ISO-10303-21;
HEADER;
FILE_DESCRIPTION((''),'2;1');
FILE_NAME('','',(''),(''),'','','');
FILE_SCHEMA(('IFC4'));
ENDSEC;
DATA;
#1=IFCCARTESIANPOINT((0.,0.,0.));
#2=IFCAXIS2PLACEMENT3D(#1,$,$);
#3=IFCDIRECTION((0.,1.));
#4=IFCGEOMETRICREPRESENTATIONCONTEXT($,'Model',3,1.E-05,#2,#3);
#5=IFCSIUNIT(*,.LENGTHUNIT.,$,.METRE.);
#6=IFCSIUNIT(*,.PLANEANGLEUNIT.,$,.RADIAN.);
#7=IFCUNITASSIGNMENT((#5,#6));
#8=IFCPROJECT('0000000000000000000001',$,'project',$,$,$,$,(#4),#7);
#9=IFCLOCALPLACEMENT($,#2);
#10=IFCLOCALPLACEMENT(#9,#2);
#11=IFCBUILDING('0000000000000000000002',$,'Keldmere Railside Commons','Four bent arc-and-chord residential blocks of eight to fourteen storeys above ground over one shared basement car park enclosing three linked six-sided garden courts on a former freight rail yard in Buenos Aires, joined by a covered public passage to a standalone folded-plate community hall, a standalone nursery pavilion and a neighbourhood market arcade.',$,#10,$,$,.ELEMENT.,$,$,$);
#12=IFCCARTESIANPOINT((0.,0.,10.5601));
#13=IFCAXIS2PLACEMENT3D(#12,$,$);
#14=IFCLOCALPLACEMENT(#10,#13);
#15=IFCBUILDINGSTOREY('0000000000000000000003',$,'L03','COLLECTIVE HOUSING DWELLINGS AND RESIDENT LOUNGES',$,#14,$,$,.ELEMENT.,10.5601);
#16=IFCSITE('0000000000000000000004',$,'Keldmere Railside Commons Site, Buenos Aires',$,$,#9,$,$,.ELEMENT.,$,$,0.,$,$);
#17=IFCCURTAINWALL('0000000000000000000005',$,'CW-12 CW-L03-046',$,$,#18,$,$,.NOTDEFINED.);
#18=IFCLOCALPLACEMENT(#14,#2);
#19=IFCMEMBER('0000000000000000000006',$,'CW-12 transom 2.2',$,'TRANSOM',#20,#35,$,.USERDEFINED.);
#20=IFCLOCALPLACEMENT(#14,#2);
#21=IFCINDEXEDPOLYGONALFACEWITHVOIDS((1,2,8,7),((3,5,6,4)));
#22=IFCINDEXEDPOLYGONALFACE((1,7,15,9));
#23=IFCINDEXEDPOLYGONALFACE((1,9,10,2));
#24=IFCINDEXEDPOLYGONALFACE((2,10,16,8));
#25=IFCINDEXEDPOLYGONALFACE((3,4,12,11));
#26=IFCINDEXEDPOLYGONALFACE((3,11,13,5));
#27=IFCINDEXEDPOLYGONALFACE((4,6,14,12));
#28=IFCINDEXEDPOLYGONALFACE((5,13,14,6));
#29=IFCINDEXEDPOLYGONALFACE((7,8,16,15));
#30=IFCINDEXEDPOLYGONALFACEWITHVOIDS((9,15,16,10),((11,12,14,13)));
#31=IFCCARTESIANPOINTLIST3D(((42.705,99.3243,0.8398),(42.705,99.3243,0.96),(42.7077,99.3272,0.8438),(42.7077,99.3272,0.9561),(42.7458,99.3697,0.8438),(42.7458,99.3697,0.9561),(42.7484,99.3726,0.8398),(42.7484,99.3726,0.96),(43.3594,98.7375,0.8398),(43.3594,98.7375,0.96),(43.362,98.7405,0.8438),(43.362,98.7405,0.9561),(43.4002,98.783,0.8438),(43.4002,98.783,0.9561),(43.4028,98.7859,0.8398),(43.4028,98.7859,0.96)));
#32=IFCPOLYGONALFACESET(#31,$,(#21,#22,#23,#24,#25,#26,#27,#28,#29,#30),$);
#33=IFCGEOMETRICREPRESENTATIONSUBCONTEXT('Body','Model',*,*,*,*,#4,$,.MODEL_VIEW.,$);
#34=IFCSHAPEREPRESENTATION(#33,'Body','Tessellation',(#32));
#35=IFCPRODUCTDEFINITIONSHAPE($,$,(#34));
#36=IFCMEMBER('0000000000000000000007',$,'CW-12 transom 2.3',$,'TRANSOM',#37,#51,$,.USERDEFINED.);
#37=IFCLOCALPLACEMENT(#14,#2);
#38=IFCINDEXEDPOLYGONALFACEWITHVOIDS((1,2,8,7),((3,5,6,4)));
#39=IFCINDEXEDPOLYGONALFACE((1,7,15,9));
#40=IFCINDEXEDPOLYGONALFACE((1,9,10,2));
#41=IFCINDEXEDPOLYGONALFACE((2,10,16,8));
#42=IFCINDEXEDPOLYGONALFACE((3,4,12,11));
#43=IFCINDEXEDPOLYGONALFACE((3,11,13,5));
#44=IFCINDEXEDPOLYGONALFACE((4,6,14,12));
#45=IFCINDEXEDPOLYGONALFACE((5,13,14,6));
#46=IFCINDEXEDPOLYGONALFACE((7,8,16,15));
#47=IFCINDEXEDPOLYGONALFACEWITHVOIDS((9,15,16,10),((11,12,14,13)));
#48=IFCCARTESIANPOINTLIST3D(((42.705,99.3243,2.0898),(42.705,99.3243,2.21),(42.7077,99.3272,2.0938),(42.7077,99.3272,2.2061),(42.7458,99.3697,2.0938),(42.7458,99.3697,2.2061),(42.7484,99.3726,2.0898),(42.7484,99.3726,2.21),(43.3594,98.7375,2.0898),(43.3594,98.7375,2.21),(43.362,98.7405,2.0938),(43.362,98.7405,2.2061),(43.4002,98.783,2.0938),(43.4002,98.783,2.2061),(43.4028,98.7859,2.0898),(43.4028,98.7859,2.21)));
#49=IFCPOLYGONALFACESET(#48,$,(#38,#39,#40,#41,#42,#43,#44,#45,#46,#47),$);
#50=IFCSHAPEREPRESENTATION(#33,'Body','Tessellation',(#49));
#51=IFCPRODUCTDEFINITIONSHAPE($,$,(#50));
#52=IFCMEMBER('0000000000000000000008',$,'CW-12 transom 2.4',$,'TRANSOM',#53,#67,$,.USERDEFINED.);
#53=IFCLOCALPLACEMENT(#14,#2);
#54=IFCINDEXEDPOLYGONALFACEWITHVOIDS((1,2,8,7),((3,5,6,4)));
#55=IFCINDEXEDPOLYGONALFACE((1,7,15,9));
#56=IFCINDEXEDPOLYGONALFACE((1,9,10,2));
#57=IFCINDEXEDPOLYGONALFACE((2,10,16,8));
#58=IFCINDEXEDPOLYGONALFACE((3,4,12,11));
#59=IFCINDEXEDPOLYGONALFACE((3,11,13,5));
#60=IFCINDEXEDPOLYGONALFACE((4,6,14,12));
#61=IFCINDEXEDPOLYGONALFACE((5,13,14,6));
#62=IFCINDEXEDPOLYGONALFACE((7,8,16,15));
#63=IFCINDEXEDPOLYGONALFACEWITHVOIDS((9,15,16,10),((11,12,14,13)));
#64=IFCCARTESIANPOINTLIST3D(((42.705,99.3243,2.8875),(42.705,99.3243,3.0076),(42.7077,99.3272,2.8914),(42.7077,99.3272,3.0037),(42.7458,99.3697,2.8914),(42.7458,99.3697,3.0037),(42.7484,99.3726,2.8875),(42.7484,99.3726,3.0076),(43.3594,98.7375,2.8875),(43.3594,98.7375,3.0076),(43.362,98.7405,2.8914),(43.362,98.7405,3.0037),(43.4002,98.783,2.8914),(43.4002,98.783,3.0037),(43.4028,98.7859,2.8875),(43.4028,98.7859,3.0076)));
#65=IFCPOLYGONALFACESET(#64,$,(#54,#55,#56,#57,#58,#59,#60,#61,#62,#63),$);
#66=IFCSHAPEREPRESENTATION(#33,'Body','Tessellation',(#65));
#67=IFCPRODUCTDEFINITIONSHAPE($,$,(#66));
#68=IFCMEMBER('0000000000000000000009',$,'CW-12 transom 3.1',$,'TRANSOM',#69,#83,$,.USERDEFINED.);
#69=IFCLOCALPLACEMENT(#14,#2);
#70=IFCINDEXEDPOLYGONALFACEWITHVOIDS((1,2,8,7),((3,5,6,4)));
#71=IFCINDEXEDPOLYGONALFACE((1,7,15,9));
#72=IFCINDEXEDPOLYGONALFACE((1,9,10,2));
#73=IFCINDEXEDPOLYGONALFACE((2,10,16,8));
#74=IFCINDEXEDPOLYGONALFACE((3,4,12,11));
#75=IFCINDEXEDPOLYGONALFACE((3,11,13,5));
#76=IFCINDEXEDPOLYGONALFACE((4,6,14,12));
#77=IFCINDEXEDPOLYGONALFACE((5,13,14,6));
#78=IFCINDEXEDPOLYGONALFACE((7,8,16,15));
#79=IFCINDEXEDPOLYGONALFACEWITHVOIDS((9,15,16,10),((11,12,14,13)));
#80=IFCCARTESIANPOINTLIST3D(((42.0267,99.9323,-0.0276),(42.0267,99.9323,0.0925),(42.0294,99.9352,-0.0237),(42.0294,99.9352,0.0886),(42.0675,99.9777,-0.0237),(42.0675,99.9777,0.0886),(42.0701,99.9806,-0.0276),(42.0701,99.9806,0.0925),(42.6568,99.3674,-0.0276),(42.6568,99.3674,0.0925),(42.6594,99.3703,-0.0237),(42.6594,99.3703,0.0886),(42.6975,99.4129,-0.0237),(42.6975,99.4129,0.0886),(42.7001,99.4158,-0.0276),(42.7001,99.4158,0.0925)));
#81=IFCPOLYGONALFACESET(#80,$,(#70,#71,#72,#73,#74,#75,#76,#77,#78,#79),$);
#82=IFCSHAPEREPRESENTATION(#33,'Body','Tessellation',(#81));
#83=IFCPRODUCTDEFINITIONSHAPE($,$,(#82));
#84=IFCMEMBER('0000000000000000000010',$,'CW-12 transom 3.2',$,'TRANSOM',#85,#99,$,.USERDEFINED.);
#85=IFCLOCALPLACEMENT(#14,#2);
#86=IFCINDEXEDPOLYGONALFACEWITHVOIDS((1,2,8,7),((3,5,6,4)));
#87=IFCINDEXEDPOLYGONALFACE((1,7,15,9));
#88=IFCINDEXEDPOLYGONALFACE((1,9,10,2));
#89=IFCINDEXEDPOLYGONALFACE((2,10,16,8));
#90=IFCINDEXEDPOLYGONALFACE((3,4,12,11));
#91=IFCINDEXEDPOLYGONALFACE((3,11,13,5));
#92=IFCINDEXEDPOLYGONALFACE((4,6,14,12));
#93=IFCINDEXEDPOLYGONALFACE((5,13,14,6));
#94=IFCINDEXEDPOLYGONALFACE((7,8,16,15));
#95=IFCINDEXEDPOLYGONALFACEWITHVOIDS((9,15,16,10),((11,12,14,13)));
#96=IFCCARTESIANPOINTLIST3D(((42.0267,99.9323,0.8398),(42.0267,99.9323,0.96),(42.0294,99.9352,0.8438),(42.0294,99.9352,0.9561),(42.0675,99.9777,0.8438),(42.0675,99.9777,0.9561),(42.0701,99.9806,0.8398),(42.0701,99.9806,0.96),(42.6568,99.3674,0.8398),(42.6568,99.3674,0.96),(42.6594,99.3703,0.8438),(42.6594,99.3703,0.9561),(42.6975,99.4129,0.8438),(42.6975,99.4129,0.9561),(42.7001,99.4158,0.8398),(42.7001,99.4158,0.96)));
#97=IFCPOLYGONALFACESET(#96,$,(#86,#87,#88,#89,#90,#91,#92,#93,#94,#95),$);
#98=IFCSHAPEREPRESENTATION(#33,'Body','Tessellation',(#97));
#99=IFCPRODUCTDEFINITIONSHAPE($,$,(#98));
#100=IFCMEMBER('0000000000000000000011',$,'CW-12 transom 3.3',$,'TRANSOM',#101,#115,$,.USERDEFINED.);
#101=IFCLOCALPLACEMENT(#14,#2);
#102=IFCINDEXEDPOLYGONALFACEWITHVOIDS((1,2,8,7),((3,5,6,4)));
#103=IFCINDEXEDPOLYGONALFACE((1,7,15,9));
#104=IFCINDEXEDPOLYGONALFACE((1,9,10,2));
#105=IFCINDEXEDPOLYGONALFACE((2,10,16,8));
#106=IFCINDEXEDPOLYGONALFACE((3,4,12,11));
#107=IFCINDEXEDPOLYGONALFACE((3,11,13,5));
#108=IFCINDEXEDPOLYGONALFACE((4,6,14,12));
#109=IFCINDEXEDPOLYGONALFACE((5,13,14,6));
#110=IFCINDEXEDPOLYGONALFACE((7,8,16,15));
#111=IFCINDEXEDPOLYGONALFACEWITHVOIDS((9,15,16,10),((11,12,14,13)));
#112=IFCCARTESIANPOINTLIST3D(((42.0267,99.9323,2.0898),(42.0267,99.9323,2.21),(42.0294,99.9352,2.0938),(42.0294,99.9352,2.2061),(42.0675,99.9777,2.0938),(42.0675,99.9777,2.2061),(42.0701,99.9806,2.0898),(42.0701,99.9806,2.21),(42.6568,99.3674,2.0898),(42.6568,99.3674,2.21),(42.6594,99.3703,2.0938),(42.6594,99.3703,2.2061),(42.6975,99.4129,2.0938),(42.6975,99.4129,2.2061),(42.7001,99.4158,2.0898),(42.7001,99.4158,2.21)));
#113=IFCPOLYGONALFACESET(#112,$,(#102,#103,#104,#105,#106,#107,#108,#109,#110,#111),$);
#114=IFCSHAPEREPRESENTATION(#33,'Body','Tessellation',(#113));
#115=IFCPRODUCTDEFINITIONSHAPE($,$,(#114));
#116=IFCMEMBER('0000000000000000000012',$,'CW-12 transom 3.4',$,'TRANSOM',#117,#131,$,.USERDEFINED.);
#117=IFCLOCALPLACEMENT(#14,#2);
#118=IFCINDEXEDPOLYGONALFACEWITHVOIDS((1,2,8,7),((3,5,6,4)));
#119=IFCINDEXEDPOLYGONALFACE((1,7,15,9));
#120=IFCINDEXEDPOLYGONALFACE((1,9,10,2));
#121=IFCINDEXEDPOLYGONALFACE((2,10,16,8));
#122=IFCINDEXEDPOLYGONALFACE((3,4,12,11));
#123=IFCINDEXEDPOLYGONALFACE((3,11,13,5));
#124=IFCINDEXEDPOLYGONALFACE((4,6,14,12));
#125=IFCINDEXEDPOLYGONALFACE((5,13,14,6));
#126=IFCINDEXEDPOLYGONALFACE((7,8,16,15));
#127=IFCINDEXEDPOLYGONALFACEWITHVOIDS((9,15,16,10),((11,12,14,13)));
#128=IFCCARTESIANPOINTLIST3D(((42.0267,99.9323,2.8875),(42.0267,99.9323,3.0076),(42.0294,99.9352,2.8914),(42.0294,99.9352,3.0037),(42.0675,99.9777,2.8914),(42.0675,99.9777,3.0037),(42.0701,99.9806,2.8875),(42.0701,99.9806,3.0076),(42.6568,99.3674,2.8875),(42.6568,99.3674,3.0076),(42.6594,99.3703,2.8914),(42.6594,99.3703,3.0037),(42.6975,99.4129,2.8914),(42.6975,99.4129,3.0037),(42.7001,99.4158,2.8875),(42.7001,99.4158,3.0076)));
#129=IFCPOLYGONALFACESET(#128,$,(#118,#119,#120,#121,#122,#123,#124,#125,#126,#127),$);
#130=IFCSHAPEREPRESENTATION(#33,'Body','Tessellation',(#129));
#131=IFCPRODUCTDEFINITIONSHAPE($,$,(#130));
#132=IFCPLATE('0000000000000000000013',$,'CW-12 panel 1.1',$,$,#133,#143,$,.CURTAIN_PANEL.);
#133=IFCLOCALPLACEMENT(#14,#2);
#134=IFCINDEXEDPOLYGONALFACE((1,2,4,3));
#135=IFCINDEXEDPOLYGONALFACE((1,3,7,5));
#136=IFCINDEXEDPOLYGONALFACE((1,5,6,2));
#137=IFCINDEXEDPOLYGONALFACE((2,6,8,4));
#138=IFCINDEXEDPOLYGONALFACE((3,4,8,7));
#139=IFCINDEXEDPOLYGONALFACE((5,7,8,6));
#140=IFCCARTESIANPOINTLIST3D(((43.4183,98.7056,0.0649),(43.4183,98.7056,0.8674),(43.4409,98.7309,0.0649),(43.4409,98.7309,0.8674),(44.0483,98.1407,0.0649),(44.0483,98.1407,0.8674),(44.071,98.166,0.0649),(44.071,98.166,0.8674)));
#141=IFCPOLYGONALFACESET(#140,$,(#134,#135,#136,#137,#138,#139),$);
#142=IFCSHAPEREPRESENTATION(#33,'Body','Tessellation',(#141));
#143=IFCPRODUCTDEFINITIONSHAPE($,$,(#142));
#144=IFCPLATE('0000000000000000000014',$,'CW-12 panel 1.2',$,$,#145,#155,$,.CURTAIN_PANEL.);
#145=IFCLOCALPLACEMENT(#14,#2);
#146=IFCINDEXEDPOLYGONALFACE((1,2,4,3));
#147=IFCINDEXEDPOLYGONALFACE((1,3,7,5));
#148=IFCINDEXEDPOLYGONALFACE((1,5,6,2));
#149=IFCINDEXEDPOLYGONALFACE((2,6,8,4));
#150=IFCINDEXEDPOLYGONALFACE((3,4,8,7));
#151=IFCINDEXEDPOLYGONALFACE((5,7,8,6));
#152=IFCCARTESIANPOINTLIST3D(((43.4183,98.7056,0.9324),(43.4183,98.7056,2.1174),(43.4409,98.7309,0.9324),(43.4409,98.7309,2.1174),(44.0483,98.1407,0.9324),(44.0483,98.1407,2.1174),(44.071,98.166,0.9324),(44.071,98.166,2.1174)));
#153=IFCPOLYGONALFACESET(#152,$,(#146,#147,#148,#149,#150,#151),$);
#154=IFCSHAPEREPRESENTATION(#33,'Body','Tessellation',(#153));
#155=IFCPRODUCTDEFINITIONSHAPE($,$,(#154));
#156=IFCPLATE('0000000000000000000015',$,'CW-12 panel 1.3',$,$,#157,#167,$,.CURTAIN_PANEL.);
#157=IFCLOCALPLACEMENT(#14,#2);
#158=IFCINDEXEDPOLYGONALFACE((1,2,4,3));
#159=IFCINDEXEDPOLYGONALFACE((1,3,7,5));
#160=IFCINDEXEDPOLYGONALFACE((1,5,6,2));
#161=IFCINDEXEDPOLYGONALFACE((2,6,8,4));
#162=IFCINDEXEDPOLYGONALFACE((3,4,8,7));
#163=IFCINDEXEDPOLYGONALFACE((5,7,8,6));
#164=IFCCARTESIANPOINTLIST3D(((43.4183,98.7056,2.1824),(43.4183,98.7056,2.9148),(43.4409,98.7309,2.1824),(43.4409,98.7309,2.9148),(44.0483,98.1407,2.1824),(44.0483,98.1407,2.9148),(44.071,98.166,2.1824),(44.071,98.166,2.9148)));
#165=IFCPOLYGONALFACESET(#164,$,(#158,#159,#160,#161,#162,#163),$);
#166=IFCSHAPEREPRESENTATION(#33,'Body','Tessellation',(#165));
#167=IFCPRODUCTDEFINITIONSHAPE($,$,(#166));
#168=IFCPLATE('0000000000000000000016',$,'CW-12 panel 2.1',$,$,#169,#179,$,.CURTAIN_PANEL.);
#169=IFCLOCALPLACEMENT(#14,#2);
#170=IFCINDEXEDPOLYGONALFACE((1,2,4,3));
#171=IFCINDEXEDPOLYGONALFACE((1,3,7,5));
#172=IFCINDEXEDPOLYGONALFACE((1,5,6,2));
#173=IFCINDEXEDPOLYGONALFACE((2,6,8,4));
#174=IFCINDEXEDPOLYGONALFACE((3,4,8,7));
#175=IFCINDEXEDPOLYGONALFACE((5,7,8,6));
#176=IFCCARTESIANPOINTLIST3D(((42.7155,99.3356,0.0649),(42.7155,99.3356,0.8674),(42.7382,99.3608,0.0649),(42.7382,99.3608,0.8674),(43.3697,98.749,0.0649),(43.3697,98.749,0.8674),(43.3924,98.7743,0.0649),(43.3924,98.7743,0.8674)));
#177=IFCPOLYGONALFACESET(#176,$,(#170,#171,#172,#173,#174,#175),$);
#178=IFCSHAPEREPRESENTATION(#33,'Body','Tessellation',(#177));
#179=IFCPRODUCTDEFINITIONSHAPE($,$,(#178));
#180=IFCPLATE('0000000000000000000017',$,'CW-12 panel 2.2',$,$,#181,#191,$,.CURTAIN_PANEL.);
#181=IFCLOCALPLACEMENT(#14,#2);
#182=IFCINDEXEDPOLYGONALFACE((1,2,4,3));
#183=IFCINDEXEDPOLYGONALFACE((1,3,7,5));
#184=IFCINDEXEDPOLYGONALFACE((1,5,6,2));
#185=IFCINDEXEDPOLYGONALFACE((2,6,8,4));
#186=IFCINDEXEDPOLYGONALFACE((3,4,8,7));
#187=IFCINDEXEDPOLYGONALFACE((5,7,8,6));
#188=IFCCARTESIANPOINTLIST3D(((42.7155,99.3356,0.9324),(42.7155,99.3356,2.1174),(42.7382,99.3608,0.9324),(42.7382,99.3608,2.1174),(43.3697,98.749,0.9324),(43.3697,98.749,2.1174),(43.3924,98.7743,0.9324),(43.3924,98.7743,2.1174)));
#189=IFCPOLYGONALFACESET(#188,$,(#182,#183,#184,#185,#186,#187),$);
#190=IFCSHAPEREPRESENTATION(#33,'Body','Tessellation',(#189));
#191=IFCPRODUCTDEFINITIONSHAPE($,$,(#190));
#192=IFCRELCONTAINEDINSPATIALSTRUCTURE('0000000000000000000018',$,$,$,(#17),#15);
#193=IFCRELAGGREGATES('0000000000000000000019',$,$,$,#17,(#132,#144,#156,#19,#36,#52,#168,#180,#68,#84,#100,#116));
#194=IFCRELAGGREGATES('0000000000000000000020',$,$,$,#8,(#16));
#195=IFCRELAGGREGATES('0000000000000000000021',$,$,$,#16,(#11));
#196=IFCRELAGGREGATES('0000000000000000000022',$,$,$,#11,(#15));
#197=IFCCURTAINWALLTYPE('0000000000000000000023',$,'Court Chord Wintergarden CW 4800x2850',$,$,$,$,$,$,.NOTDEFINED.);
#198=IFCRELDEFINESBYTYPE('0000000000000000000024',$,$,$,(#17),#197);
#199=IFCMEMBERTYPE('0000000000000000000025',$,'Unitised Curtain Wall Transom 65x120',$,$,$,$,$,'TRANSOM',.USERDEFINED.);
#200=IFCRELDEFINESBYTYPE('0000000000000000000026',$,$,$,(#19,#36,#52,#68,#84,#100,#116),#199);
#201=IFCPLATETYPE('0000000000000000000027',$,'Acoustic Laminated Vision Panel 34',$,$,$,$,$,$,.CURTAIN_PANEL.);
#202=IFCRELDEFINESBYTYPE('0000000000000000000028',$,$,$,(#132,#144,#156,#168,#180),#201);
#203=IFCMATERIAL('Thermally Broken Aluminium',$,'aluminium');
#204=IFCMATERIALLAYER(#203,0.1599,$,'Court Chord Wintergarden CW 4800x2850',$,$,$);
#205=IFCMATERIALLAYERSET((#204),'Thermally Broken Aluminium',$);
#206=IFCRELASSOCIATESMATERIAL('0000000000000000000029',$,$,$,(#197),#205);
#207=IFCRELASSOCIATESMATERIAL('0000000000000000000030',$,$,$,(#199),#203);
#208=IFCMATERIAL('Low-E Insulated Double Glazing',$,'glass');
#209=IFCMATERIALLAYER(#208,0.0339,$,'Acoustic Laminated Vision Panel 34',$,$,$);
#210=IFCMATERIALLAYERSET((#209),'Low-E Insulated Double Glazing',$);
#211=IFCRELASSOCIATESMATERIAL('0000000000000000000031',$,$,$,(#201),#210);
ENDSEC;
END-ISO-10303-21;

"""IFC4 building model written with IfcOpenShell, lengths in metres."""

from ifc_helpers import new_model, si_unit, direction, frame, origin, origin_2d, place, context, subcontext, project, spatial, rectangle, hollow_rectangle, extrude, material, layer, layer_set, material_profile, profile_set, type_object, element, aggregate, save


model = new_model("IFC4")

# Units and contexts
model_context = context("Model", 3, precision=1e-05, world=origin(), true_north=direction((0.0, 1.0)))
body_context = subcontext(model_context, "Body", "Model", "MODEL_VIEW")
ifc_project = project(units=[si_unit("LENGTHUNIT", "METRE"), si_unit("PLANEANGLEUNIT", "RADIAN")], contexts=[model_context])

# Site, building, storey
site_placement = place(None, origin())
site = spatial("IfcSite", under=ifc_project, at=site_placement, Name="Keldmere Railside Commons Site, Buenos Aires", CompositionType="ELEMENT", RefElevation=0.0)
building_placement = place(site_placement, origin())
building = spatial("IfcBuilding", under=site, at=building_placement, Name="Keldmere Railside Commons", Description="Four bent arc-and-chord residential blocks of eight to fourteen storeys above ground over one shared basement car park enclosing three linked six-sided garden courts on a former freight rail yard in Buenos Aires, joined by a covered public passage to a standalone folded-plate community hall, a standalone nursery pavilion and a neighbourhood market arcade.", CompositionType="ELEMENT")
storey_placement = place(building_placement, frame((0.0, 0.0, 10.5601)))
storey = spatial("IfcBuildingStorey", under=building, at=storey_placement, Name="L03", Description="COLLECTIVE HOUSING DWELLINGS AND RESIDENT LOUNGES", CompositionType="ELEMENT", Elevation=10.5601)

# Curtain wall, members, plates
ifc_material_1 = material(Name="Thermally Broken Aluminium", Category="aluminium")
ifc_layer_1 = layer(ifc_material_1, 0.1599, Name="Court Chord Wintergarden CW 4800x2850")
ifc_layer_set_1 = layer_set([ifc_layer_1], Name="Thermally Broken Aluminium")
curtain_wall_type = type_object("IfcCurtainWallType", Name="Court Chord Wintergarden CW 4800x2850", PredefinedType="NOTDEFINED", material=ifc_layer_set_1)
curtain_wall_placement = place(storey_placement, origin())
curtain_wall = element("IfcCurtainWall", 1, at=curtain_wall_placement, inside=storey, type_object=curtain_wall_type, Name="CW-12 CW-L03-046", PredefinedType="NOTDEFINED")
ifc_material_profile_1 = material_profile(ifc_material_1, hollow_rectangle(XDim=0.0649, YDim=0.1201, WallThickness=0.0039, at=origin_2d()), Name="ALU-TRAN-65x120")
ifc_profile_set_1 = profile_set([ifc_material_profile_1], Name="Thermally Broken Aluminium")
member_type_1 = type_object("IfcMemberType", Name="Unitised Curtain Wall Transom 65x120", ElementType="TRANSOM", PredefinedType="USERDEFINED", material=ifc_profile_set_1)
member_1_placement = place(storey_placement, frame((43.3811, 98.7617, 0.8999), z_axis=(-0.744536, 0.667582, 0.0), x_axis=(-0.667582, -0.744536, 0.0)))
member_1 = element("IfcMember", 2, at=member_1_placement, type_object=member_type_1, Name="CW-12 transom 2.2", ObjectType="TRANSOM", PredefinedType="USERDEFINED", context=body_context, shape_type="SweptSolid", body=[
    extrude(hollow_rectangle(XDim=0.0649, YDim=0.1201, WallThickness=0.0039, at=origin_2d()), origin(), (0.0, 0.0, 1.0), 0.8789),
])
member_2_placement = place(storey_placement, frame((43.3811, 98.7617, 2.1499), z_axis=(-0.744536, 0.667582, 0.0), x_axis=(-0.667582, -0.744536, 0.0)))
member_2 = element("IfcMember", 3, at=member_2_placement, type_object=member_type_1, Name="CW-12 transom 2.3", ObjectType="TRANSOM", PredefinedType="USERDEFINED", context=body_context, shape_type="SweptSolid", body=[
    extrude(hollow_rectangle(XDim=0.0649, YDim=0.1201, WallThickness=0.0039, at=origin_2d()), origin(), (0.0, 0.0, 1.0), 0.8789),
])
member_3_placement = place(storey_placement, frame((43.3811, 98.7617, 2.9475), z_axis=(-0.744536, 0.667582, 0.0), x_axis=(-0.667582, -0.744536, 0.0)))
member_3 = element("IfcMember", 4, at=member_3_placement, type_object=member_type_1, Name="CW-12 transom 2.4", ObjectType="TRANSOM", PredefinedType="USERDEFINED", context=body_context, shape_type="SweptSolid", body=[
    extrude(hollow_rectangle(XDim=0.0649, YDim=0.1201, WallThickness=0.0039, at=origin_2d()), origin(), (0.0, 0.0, 1.0), 0.8789),
])
member_4_placement = place(storey_placement, frame((42.6785, 99.3916, 0.0325), z_axis=(-0.744569, 0.667545, 0.0), x_axis=(-0.667545, -0.744569, 0.0)))
member_4 = element("IfcMember", 5, at=member_4_placement, type_object=member_type_1, Name="CW-12 transom 3.1", ObjectType="TRANSOM", PredefinedType="USERDEFINED", context=body_context, shape_type="SweptSolid", body=[
    extrude(hollow_rectangle(XDim=0.0649, YDim=0.1201, WallThickness=0.0039, at=origin_2d()), origin(), (0.0, 0.0, 1.0), 0.8462),
])
member_5_placement = place(storey_placement, frame((42.6785, 99.3916, 0.8999), z_axis=(-0.744569, 0.667545, 0.0), x_axis=(-0.667545, -0.744569, 0.0)))
member_5 = element("IfcMember", 6, at=member_5_placement, type_object=member_type_1, Name="CW-12 transom 3.2", ObjectType="TRANSOM", PredefinedType="USERDEFINED", context=body_context, shape_type="SweptSolid", body=[
    extrude(hollow_rectangle(XDim=0.0649, YDim=0.1201, WallThickness=0.0039, at=origin_2d()), origin(), (0.0, 0.0, 1.0), 0.8462),
])
member_6_placement = place(storey_placement, frame((42.6785, 99.3916, 2.1499), z_axis=(-0.744569, 0.667545, 0.0), x_axis=(-0.667545, -0.744569, 0.0)))
member_6 = element("IfcMember", 7, at=member_6_placement, type_object=member_type_1, Name="CW-12 transom 3.3", ObjectType="TRANSOM", PredefinedType="USERDEFINED", context=body_context, shape_type="SweptSolid", body=[
    extrude(hollow_rectangle(XDim=0.0649, YDim=0.1201, WallThickness=0.0039, at=origin_2d()), origin(), (0.0, 0.0, 1.0), 0.8462),
])
member_7_placement = place(storey_placement, frame((42.6785, 99.3916, 2.9475), z_axis=(-0.744569, 0.667545, 0.0), x_axis=(-0.667545, -0.744569, 0.0)))
member_7 = element("IfcMember", 8, at=member_7_placement, type_object=member_type_1, Name="CW-12 transom 3.4", ObjectType="TRANSOM", PredefinedType="USERDEFINED", context=body_context, shape_type="SweptSolid", body=[
    extrude(hollow_rectangle(XDim=0.0649, YDim=0.1201, WallThickness=0.0039, at=origin_2d()), origin(), (0.0, 0.0, 1.0), 0.8462),
])
ifc_material_2 = material(Name="Low-E Insulated Double Glazing", Category="glass")
ifc_layer_2 = layer(ifc_material_2, 0.0339, Name="Acoustic Laminated Vision Panel 34")
ifc_layer_set_2 = layer_set([ifc_layer_2], Name="Low-E Insulated Double Glazing")
plate_type = type_object("IfcPlateType", Name="Acoustic Laminated Vision Panel 34", PredefinedType="CURTAIN_PANEL", material=ifc_layer_set_2)
plate_1_placement = place(storey_placement, frame((43.7446, 98.4358, 0.0649), z_axis=(0.0, 0.0, 1.0), x_axis=(-0.744557, 0.667559, 0.0)))
plate_1 = element("IfcPlate", 9, at=plate_1_placement, type_object=plate_type, Name="CW-12 panel 1.1", PredefinedType="CURTAIN_PANEL", context=body_context, shape_type="SweptSolid", body=[
    extrude(rectangle(XDim=0.8462, YDim=0.0339, at=origin_2d()), origin(), (0.0, 0.0, 1.0), 0.8025),
])
plate_2_placement = place(storey_placement, frame((43.7446, 98.4358, 0.9324), z_axis=(0.0, 0.0, 1.0), x_axis=(-0.744557, 0.667559, 0.0)))
plate_2 = element("IfcPlate", 10, at=plate_2_placement, type_object=plate_type, Name="CW-12 panel 1.2", PredefinedType="CURTAIN_PANEL", context=body_context, shape_type="SweptSolid", body=[
    extrude(rectangle(XDim=0.8462, YDim=0.0339, at=origin_2d()), origin(), (0.0, 0.0, 1.0), 1.1851),
])
plate_3_placement = place(storey_placement, frame((43.7446, 98.4358, 2.1824), z_axis=(0.0, 0.0, 1.0), x_axis=(-0.744557, 0.667559, 0.0)))
plate_3 = element("IfcPlate", 11, at=plate_3_placement, type_object=plate_type, Name="CW-12 panel 1.3", PredefinedType="CURTAIN_PANEL", context=body_context, shape_type="SweptSolid", body=[
    extrude(rectangle(XDim=0.8462, YDim=0.0339, at=origin_2d()), origin(), (0.0, 0.0, 1.0), 0.7324),
])
plate_4_placement = place(storey_placement, frame((43.054, 99.0549, 0.0649), z_axis=(0.0, 0.0, 1.0), x_axis=(-0.744557, 0.667559, 0.0)))
plate_4 = element("IfcPlate", 12, at=plate_4_placement, type_object=plate_type, Name="CW-12 panel 2.1", PredefinedType="CURTAIN_PANEL", context=body_context, shape_type="SweptSolid", body=[
    extrude(rectangle(XDim=0.8787, YDim=0.0339, at=origin_2d()), origin(), (0.0, 0.0, 1.0), 0.8025),
])
plate_5_placement = place(storey_placement, frame((43.054, 99.0549, 0.9324), z_axis=(0.0, 0.0, 1.0), x_axis=(-0.744557, 0.667559, 0.0)))
plate_5 = element("IfcPlate", 13, at=plate_5_placement, type_object=plate_type, Name="CW-12 panel 2.2", PredefinedType="CURTAIN_PANEL", context=body_context, shape_type="SweptSolid", body=[
    extrude(rectangle(XDim=0.8787, YDim=0.0339, at=origin_2d()), origin(), (0.0, 0.0, 1.0), 1.1851),
])
aggregate(curtain_wall, [plate_1, plate_2, plate_3, member_1, member_2, member_3, plate_4, plate_5, member_4, member_5, member_6, member_7])

save(model, "model.ifc")
